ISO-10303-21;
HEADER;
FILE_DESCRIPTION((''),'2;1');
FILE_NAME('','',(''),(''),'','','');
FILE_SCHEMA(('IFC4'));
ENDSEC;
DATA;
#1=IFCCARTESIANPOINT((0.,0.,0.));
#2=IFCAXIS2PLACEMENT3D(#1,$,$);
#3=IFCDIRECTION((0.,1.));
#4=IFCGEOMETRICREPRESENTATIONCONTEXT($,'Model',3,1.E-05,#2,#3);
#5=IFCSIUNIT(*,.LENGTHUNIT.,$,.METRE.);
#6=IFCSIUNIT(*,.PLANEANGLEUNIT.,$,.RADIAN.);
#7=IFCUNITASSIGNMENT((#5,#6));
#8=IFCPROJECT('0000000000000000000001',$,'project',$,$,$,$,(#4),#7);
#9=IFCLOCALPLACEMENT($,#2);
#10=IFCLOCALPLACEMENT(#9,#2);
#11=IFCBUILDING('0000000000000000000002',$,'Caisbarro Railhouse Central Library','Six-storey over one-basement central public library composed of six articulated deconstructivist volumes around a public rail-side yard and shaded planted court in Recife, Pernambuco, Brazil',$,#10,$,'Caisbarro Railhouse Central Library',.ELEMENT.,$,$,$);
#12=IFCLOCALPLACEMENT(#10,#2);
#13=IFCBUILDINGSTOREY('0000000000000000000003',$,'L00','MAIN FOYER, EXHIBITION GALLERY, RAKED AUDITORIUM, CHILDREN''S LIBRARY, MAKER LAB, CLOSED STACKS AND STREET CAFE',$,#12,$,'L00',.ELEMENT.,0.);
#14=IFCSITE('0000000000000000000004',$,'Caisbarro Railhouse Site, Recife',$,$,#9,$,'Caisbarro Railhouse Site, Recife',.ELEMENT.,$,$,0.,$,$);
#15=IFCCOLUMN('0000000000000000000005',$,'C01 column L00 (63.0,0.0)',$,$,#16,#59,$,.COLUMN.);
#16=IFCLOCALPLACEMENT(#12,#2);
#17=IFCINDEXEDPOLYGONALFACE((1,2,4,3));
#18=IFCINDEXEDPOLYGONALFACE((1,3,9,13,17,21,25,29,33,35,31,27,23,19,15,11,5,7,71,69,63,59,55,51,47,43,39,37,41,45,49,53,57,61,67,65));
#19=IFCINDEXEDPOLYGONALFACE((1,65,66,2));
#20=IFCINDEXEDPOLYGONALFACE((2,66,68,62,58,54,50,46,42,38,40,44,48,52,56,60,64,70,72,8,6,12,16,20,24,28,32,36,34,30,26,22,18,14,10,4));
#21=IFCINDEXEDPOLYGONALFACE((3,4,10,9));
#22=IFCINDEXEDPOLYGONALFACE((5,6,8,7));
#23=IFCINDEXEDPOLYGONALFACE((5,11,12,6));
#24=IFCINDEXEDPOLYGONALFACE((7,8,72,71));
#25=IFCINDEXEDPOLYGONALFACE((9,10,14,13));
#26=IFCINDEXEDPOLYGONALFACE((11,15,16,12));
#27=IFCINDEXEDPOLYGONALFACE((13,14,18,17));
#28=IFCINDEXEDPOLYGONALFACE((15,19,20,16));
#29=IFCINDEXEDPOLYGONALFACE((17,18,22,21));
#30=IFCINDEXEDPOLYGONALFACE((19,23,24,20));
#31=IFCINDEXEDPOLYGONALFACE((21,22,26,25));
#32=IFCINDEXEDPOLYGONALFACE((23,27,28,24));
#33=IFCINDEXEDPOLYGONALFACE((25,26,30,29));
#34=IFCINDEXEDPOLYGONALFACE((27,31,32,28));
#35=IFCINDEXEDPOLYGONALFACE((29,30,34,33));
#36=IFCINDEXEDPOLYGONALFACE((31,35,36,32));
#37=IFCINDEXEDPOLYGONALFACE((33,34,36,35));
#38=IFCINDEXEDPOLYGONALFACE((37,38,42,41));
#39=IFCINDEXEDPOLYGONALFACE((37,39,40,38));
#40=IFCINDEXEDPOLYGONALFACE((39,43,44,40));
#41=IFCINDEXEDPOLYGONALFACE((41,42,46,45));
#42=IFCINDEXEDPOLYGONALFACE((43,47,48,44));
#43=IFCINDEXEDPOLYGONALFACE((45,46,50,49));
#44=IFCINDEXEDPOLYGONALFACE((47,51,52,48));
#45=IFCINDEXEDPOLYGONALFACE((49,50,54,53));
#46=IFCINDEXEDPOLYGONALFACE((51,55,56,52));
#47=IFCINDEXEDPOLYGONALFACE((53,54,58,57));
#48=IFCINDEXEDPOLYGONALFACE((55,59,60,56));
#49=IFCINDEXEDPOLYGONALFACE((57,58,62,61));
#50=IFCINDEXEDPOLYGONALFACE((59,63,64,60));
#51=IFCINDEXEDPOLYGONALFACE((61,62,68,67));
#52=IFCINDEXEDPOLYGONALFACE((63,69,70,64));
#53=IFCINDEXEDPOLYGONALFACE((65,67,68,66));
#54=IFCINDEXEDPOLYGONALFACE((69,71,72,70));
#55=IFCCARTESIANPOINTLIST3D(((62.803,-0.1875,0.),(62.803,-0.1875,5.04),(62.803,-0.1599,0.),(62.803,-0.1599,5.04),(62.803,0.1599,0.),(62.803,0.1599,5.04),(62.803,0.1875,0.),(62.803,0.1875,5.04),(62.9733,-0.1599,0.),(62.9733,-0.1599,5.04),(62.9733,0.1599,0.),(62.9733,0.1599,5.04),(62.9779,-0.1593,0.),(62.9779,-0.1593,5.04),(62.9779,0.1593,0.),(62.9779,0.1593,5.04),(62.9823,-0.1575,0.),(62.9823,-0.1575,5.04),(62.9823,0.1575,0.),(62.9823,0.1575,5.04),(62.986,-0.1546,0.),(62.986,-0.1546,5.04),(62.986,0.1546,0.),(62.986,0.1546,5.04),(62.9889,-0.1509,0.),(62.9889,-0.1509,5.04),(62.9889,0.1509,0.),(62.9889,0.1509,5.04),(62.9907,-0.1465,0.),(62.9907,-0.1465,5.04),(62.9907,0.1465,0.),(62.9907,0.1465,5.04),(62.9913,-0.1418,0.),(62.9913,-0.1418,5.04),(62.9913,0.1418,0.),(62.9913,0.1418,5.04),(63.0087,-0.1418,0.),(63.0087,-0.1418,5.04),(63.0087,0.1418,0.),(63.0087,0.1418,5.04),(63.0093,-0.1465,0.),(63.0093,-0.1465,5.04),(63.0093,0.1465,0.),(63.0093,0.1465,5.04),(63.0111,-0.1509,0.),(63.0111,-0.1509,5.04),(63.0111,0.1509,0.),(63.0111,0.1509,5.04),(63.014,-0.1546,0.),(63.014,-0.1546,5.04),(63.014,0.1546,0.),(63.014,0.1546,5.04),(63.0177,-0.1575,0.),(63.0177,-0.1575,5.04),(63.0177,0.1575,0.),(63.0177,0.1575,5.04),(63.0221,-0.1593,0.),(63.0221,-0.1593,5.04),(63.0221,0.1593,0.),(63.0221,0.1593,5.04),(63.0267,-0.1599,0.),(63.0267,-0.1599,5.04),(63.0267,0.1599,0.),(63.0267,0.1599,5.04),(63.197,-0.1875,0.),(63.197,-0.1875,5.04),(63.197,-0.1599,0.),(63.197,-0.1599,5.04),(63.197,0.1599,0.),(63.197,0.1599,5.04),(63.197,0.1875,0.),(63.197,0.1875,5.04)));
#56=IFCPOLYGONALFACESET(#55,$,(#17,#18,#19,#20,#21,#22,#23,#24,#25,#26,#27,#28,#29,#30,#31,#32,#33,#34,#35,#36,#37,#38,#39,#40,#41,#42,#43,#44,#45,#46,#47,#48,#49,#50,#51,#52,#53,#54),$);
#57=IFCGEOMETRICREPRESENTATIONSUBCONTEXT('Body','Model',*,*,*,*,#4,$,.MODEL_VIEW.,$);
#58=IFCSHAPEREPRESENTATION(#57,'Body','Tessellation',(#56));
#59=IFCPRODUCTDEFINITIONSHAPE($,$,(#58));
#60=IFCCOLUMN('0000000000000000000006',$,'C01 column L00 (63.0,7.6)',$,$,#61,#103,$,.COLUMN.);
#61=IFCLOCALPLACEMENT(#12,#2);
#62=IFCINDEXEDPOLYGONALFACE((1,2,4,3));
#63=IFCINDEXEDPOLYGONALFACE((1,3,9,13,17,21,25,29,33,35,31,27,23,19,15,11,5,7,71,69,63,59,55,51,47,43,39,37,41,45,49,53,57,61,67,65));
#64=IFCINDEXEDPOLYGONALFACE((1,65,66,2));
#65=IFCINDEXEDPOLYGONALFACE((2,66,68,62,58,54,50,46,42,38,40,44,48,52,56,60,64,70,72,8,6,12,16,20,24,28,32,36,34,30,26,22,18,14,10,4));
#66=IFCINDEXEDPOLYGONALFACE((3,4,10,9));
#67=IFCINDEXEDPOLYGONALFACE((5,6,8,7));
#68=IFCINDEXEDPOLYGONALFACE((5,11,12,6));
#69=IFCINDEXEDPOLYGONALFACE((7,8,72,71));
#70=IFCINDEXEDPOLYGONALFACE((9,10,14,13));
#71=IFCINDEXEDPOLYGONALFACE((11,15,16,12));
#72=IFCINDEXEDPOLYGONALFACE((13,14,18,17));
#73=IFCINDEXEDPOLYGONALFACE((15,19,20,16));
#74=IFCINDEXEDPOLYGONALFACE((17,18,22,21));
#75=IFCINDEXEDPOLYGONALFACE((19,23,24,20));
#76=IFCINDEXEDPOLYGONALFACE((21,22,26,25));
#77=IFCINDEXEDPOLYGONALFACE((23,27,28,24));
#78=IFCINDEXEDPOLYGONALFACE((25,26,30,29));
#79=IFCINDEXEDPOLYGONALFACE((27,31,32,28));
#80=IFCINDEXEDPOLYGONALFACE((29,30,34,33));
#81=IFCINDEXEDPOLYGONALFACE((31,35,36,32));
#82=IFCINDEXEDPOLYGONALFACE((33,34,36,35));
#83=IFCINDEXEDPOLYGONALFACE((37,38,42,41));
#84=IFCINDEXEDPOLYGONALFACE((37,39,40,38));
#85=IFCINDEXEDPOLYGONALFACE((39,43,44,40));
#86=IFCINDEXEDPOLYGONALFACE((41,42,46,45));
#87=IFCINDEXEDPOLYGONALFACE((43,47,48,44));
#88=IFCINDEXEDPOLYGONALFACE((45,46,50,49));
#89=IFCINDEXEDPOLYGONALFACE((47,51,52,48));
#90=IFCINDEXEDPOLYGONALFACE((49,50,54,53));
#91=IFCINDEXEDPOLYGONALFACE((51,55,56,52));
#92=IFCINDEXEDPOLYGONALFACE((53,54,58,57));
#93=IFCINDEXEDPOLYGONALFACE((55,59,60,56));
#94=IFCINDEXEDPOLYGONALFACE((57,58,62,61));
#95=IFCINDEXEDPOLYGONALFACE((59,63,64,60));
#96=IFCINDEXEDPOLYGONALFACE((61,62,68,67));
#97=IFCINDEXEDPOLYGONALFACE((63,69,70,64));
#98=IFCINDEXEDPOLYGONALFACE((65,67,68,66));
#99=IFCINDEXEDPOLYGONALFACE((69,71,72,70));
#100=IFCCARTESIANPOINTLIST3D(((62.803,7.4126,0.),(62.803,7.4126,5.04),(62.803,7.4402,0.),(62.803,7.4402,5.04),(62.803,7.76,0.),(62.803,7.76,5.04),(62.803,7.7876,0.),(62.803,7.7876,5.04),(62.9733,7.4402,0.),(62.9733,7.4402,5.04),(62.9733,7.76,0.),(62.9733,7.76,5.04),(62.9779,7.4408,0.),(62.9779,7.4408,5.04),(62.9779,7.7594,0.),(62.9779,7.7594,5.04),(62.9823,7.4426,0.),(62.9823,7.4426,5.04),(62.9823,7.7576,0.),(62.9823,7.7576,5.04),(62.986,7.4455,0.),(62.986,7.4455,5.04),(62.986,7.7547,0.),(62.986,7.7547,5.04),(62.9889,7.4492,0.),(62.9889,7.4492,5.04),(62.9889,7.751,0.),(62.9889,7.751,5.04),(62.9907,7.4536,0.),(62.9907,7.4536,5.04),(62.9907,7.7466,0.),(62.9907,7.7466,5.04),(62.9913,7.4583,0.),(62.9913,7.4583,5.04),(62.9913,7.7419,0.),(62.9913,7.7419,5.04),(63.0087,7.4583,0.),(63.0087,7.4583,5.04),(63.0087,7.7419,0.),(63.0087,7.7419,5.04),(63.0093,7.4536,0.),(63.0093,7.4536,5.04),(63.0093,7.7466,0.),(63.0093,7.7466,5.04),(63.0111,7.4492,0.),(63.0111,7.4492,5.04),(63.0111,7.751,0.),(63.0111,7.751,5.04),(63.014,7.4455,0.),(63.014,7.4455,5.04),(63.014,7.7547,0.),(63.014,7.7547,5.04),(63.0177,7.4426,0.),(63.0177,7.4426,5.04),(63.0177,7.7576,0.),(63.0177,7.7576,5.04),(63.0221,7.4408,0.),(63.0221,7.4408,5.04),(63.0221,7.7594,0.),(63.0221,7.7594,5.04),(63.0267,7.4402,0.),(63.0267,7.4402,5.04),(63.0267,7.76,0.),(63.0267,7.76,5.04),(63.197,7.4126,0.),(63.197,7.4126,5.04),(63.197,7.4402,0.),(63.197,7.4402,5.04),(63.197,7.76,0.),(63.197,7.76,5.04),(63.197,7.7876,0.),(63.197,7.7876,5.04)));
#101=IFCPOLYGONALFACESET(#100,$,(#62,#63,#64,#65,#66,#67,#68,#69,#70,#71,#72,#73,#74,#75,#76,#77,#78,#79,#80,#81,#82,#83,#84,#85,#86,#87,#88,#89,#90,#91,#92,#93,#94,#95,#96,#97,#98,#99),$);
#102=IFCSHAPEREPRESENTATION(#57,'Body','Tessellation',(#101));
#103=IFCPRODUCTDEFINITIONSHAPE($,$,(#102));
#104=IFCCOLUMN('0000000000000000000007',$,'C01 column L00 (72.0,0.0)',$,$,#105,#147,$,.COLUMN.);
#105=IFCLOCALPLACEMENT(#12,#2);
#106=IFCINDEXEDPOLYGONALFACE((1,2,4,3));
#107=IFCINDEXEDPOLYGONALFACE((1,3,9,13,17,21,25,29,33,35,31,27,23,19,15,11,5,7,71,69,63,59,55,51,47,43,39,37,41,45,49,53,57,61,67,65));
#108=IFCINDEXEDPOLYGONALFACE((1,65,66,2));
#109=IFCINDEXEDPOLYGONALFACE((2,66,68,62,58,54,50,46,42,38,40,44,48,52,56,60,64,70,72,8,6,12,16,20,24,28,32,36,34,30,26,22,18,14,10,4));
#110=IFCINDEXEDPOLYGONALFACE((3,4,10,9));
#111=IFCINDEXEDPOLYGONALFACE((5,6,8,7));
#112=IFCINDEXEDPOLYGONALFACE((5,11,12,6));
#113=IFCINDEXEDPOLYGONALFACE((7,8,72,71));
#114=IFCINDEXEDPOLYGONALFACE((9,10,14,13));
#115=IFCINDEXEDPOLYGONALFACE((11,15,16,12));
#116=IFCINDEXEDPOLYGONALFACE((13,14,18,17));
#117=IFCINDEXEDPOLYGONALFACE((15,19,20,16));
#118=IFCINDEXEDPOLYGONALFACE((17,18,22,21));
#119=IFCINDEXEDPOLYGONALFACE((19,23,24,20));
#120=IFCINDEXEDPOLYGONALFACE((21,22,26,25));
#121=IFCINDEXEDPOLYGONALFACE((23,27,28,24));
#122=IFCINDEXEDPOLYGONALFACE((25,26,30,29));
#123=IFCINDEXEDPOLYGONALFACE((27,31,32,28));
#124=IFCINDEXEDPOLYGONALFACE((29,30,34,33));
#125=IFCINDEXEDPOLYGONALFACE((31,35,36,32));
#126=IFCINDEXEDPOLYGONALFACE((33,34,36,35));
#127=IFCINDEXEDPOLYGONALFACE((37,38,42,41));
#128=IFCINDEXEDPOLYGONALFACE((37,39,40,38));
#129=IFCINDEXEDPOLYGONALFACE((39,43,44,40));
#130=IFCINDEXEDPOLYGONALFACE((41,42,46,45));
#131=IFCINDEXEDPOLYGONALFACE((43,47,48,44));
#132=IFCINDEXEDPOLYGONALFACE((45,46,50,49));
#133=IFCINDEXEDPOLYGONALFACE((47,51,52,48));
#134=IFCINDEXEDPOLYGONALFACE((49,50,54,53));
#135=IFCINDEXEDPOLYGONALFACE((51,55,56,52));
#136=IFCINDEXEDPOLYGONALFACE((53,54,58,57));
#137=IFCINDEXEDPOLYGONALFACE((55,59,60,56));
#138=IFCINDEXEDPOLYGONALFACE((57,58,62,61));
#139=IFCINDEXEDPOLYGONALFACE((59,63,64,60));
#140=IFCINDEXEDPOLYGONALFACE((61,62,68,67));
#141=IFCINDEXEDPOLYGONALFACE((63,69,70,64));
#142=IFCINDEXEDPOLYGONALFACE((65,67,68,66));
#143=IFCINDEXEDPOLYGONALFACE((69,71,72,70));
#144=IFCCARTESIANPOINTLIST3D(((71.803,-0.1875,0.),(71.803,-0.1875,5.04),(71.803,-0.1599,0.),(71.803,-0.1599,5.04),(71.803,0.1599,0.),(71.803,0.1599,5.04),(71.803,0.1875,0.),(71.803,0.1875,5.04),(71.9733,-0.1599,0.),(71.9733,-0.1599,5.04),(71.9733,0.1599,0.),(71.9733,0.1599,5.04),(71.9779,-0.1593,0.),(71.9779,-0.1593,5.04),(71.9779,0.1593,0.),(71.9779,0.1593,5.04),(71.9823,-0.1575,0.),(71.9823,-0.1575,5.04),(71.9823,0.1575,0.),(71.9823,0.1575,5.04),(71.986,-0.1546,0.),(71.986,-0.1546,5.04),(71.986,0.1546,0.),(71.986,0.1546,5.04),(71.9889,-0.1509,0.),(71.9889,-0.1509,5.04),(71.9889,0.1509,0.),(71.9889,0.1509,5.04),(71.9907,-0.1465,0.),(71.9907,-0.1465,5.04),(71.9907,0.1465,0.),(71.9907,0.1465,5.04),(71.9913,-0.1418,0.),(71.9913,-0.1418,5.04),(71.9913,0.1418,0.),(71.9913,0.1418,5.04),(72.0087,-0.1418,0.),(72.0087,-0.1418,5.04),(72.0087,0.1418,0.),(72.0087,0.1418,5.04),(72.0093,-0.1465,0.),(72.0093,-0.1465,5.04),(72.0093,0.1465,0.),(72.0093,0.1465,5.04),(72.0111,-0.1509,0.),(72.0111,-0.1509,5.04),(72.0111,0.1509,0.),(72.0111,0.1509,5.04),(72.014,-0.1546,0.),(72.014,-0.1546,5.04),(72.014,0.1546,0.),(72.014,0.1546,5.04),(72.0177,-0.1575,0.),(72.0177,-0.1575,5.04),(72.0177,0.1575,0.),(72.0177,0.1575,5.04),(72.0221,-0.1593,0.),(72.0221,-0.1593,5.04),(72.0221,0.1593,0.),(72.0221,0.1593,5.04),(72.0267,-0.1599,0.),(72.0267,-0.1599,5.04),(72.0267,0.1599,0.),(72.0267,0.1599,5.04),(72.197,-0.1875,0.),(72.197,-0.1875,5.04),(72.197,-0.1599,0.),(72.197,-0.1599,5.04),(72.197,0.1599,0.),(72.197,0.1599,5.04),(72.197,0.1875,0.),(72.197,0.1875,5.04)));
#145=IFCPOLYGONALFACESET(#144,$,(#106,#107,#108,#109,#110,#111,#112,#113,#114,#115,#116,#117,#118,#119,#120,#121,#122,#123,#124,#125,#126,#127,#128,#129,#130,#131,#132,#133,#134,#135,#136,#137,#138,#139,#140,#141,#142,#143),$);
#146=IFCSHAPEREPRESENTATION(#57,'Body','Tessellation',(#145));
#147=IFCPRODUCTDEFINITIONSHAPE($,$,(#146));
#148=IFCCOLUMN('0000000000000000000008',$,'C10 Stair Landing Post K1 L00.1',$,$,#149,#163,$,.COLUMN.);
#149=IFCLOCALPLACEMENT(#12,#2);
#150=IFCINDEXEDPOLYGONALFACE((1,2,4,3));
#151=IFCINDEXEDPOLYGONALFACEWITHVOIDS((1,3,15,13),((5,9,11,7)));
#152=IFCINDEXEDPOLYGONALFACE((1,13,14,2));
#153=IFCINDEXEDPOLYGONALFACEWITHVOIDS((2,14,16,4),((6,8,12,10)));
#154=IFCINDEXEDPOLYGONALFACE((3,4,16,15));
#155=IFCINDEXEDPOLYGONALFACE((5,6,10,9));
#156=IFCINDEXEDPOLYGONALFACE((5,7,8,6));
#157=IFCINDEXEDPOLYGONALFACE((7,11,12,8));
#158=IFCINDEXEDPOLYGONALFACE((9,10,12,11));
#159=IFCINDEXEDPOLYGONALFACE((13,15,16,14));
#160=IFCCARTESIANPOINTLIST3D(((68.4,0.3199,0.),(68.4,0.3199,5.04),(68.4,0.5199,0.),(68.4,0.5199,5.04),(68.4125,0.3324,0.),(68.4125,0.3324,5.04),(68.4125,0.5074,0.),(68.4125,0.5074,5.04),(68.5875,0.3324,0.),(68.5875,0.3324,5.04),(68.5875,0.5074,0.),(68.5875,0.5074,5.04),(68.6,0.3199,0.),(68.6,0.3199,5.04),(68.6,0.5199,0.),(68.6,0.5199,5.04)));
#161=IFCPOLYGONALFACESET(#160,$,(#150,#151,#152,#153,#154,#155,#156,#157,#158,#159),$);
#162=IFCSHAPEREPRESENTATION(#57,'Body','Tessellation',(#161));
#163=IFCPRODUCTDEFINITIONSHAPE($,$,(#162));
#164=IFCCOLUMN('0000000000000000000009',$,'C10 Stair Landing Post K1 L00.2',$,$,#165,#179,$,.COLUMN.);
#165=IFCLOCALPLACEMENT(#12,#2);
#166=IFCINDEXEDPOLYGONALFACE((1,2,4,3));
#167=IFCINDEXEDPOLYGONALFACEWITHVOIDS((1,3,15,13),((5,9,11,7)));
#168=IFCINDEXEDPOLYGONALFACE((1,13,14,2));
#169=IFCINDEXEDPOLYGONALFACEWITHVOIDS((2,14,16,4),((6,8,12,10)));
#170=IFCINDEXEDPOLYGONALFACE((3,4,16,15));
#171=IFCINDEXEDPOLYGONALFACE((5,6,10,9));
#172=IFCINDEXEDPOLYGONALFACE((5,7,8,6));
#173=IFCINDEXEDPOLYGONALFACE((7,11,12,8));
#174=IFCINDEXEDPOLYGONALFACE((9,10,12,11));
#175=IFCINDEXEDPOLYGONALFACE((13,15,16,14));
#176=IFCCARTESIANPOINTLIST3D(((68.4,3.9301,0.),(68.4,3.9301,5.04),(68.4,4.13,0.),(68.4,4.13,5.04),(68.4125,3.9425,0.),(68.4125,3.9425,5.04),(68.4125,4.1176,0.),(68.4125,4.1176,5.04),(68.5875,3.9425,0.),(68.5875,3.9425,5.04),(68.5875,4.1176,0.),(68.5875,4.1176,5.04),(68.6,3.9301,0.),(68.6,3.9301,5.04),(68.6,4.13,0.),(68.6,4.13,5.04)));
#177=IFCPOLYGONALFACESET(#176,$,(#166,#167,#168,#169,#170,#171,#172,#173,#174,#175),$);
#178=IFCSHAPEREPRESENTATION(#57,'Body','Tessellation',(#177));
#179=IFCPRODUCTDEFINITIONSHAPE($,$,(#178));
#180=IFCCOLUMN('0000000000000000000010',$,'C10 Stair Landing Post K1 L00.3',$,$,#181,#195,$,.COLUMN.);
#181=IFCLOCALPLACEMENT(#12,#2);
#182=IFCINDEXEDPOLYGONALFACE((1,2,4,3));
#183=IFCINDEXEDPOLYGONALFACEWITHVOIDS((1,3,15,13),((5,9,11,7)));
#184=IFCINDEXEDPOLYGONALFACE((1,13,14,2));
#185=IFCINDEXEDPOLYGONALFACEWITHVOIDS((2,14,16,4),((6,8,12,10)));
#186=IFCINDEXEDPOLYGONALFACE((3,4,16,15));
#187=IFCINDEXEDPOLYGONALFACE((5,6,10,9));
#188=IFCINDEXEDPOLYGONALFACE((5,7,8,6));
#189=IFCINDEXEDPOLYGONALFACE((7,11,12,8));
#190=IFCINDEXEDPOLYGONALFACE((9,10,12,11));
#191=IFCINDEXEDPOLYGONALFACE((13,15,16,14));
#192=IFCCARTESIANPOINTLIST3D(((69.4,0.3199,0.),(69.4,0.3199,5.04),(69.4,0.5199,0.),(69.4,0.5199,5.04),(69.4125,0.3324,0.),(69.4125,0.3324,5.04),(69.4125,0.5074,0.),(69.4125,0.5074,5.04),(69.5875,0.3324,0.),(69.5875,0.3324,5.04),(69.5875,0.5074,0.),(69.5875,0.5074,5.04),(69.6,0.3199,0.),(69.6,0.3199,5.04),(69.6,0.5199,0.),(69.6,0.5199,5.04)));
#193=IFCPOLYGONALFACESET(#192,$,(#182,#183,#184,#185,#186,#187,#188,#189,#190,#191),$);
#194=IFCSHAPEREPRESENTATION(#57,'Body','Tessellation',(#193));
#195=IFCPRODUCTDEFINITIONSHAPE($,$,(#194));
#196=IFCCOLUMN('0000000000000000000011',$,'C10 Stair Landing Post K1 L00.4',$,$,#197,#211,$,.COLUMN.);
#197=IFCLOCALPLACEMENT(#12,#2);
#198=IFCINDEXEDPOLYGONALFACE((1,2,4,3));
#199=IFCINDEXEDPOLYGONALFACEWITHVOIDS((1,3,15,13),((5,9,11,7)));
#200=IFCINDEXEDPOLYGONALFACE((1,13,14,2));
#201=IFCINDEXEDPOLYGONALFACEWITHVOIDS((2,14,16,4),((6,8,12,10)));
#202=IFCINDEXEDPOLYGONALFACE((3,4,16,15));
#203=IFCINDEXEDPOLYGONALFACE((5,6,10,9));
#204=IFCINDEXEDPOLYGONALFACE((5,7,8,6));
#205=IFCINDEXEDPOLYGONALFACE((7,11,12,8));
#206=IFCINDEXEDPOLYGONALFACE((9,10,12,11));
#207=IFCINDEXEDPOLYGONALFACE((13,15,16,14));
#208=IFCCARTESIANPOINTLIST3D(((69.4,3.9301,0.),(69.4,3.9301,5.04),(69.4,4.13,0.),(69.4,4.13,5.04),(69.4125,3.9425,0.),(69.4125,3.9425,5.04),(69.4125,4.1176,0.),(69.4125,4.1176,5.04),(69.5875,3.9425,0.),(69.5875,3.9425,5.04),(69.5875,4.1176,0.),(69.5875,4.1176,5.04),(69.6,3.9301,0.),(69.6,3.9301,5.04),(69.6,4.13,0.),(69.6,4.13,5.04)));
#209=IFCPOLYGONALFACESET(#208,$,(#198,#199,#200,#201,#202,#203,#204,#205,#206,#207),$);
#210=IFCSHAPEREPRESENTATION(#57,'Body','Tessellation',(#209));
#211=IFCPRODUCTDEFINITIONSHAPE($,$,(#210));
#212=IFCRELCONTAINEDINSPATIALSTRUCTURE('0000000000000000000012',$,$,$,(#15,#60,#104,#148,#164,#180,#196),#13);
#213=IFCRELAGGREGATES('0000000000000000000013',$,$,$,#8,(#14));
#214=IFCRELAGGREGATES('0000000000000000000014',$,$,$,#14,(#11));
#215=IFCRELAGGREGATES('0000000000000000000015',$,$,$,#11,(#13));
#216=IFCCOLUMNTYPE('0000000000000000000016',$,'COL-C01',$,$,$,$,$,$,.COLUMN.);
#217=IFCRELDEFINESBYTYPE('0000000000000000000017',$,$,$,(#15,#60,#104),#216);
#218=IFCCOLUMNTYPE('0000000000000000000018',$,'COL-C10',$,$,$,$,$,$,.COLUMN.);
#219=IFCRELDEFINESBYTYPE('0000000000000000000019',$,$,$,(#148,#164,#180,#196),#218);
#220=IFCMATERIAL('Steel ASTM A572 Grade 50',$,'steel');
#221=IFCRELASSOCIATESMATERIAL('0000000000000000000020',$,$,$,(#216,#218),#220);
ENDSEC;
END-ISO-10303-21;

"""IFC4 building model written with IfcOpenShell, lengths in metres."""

from ifc_helpers import new_model, si_unit, direction, frame, origin, origin_2d, place, context, subcontext, project, spatial, hollow_rectangle, i_section, extrude, material, material_profile, profile_set, type_object, element, save


model = new_model("IFC4")

# Units and contexts
model_context = context("Model", 3, precision=1e-05, world=origin(), true_north=direction((0.0, 1.0)))
body_context = subcontext(model_context, "Body", "Model", "MODEL_VIEW")
ifc_project = project(units=[si_unit("LENGTHUNIT", "METRE"), si_unit("PLANEANGLEUNIT", "RADIAN")], contexts=[model_context])

# Site, building, storey
site_placement = place(None, origin())
site = spatial("IfcSite", under=ifc_project, at=site_placement, Name="Caisbarro Railhouse Site, Recife", LongName="Caisbarro Railhouse Site, Recife", CompositionType="ELEMENT", RefElevation=0.0)
building_placement = place(site_placement, origin())
building = spatial("IfcBuilding", under=site, at=building_placement, Name="Caisbarro Railhouse Central Library", Description="Six-storey over one-basement central public library composed of six articulated deconstructivist volumes around a public rail-side yard and shaded planted court in Recife, Pernambuco, Brazil", LongName="Caisbarro Railhouse Central Library", CompositionType="ELEMENT")
storey_placement = place(building_placement, origin())
storey = spatial("IfcBuildingStorey", under=building, at=storey_placement, Name="L00", Description="MAIN FOYER, EXHIBITION GALLERY, RAKED AUDITORIUM, CHILDREN'S LIBRARY, MAKER LAB, CLOSED STACKS AND STREET CAFE", LongName="L00", CompositionType="ELEMENT", Elevation=0.0)

# Columns
ifc_material_1 = material(Name="Steel ASTM A572 Grade 50", Category="steel")
ifc_material_profile_1 = material_profile(ifc_material_1, i_section(OverallWidth=0.394, OverallDepth=0.375, WebThickness=0.0173, FlangeThickness=0.0276, FilletRadius=0.0181, at=origin_2d()), Name="W360X216.0")
ifc_profile_set_1 = profile_set([ifc_material_profile_1], Name="Steel ASTM A572 Grade 50")
column_type_1 = type_object("IfcColumnType", Name="COL-C01", PredefinedType="COLUMN", material=ifc_profile_set_1)
for number, where, z_axis, x_axis, name in (
    (1, (63.0, 0.0, 0.0), (0.0, 0.0, 1.0), (1.0, 0.0, 0.0), "C01 column L00 (63.0,0.0)"),
    (2, (63.0, 7.6001, 0.0), (0.0, 0.0, 1.0), (1.0, 0.0, 0.0), "C01 column L00 (63.0,7.6)"),
    (3, (72.0, 0.0, 0.0), (0.0, 0.0, 1.0), (1.0, 0.0, 0.0), "C01 column L00 (72.0,0.0)"),
):
    element("IfcColumn", number, at=place(storey_placement, frame(where, z_axis=z_axis, x_axis=x_axis)), inside=storey, type_object=column_type_1, Name=name, PredefinedType="COLUMN", context=body_context, shape_type="SweptSolid", body=[
        extrude(i_section(OverallWidth=0.394, OverallDepth=0.375, WebThickness=0.0173, FlangeThickness=0.0276, FilletRadius=0.0181, at=origin_2d()), origin(), (0.0, 0.0, 1.0), 5.04),
    ])
ifc_material_profile_2 = material_profile(ifc_material_1, hollow_rectangle(XDim=0.2, YDim=0.2, WallThickness=0.0125, at=origin_2d()), Name="HSS200X200X12.5")
ifc_profile_set_2 = profile_set([ifc_material_profile_2], Name="Steel ASTM A572 Grade 50")
column_type_2 = type_object("IfcColumnType", Name="COL-C10", PredefinedType="COLUMN", material=ifc_profile_set_2)
for number, where, z_axis, x_axis, name in (
    (4, (68.5, 0.4199, 0.0), (0.0, 0.0, 1.0), (1.0, 0.0, 0.0), "C10 Stair Landing Post K1 L00.1"),
    (5, (68.5, 4.03, 0.0), (0.0, 0.0, 1.0), (1.0, 0.0, 0.0), "C10 Stair Landing Post K1 L00.2"),
    (6, (69.5, 0.4199, 0.0), (0.0, 0.0, 1.0), (1.0, 0.0, 0.0), "C10 Stair Landing Post K1 L00.3"),
    (7, (69.5, 4.03, 0.0), (0.0, 0.0, 1.0), (1.0, 0.0, 0.0), "C10 Stair Landing Post K1 L00.4"),
):
    element("IfcColumn", number, at=place(storey_placement, frame(where, z_axis=z_axis, x_axis=x_axis)), inside=storey, type_object=column_type_2, Name=name, PredefinedType="COLUMN", context=body_context, shape_type="SweptSolid", body=[
        extrude(hollow_rectangle(XDim=0.2, YDim=0.2, WallThickness=0.0125, at=origin_2d()), origin(), (0.0, 0.0, 1.0), 5.04),
    ])

save(model, "model.ifc")
